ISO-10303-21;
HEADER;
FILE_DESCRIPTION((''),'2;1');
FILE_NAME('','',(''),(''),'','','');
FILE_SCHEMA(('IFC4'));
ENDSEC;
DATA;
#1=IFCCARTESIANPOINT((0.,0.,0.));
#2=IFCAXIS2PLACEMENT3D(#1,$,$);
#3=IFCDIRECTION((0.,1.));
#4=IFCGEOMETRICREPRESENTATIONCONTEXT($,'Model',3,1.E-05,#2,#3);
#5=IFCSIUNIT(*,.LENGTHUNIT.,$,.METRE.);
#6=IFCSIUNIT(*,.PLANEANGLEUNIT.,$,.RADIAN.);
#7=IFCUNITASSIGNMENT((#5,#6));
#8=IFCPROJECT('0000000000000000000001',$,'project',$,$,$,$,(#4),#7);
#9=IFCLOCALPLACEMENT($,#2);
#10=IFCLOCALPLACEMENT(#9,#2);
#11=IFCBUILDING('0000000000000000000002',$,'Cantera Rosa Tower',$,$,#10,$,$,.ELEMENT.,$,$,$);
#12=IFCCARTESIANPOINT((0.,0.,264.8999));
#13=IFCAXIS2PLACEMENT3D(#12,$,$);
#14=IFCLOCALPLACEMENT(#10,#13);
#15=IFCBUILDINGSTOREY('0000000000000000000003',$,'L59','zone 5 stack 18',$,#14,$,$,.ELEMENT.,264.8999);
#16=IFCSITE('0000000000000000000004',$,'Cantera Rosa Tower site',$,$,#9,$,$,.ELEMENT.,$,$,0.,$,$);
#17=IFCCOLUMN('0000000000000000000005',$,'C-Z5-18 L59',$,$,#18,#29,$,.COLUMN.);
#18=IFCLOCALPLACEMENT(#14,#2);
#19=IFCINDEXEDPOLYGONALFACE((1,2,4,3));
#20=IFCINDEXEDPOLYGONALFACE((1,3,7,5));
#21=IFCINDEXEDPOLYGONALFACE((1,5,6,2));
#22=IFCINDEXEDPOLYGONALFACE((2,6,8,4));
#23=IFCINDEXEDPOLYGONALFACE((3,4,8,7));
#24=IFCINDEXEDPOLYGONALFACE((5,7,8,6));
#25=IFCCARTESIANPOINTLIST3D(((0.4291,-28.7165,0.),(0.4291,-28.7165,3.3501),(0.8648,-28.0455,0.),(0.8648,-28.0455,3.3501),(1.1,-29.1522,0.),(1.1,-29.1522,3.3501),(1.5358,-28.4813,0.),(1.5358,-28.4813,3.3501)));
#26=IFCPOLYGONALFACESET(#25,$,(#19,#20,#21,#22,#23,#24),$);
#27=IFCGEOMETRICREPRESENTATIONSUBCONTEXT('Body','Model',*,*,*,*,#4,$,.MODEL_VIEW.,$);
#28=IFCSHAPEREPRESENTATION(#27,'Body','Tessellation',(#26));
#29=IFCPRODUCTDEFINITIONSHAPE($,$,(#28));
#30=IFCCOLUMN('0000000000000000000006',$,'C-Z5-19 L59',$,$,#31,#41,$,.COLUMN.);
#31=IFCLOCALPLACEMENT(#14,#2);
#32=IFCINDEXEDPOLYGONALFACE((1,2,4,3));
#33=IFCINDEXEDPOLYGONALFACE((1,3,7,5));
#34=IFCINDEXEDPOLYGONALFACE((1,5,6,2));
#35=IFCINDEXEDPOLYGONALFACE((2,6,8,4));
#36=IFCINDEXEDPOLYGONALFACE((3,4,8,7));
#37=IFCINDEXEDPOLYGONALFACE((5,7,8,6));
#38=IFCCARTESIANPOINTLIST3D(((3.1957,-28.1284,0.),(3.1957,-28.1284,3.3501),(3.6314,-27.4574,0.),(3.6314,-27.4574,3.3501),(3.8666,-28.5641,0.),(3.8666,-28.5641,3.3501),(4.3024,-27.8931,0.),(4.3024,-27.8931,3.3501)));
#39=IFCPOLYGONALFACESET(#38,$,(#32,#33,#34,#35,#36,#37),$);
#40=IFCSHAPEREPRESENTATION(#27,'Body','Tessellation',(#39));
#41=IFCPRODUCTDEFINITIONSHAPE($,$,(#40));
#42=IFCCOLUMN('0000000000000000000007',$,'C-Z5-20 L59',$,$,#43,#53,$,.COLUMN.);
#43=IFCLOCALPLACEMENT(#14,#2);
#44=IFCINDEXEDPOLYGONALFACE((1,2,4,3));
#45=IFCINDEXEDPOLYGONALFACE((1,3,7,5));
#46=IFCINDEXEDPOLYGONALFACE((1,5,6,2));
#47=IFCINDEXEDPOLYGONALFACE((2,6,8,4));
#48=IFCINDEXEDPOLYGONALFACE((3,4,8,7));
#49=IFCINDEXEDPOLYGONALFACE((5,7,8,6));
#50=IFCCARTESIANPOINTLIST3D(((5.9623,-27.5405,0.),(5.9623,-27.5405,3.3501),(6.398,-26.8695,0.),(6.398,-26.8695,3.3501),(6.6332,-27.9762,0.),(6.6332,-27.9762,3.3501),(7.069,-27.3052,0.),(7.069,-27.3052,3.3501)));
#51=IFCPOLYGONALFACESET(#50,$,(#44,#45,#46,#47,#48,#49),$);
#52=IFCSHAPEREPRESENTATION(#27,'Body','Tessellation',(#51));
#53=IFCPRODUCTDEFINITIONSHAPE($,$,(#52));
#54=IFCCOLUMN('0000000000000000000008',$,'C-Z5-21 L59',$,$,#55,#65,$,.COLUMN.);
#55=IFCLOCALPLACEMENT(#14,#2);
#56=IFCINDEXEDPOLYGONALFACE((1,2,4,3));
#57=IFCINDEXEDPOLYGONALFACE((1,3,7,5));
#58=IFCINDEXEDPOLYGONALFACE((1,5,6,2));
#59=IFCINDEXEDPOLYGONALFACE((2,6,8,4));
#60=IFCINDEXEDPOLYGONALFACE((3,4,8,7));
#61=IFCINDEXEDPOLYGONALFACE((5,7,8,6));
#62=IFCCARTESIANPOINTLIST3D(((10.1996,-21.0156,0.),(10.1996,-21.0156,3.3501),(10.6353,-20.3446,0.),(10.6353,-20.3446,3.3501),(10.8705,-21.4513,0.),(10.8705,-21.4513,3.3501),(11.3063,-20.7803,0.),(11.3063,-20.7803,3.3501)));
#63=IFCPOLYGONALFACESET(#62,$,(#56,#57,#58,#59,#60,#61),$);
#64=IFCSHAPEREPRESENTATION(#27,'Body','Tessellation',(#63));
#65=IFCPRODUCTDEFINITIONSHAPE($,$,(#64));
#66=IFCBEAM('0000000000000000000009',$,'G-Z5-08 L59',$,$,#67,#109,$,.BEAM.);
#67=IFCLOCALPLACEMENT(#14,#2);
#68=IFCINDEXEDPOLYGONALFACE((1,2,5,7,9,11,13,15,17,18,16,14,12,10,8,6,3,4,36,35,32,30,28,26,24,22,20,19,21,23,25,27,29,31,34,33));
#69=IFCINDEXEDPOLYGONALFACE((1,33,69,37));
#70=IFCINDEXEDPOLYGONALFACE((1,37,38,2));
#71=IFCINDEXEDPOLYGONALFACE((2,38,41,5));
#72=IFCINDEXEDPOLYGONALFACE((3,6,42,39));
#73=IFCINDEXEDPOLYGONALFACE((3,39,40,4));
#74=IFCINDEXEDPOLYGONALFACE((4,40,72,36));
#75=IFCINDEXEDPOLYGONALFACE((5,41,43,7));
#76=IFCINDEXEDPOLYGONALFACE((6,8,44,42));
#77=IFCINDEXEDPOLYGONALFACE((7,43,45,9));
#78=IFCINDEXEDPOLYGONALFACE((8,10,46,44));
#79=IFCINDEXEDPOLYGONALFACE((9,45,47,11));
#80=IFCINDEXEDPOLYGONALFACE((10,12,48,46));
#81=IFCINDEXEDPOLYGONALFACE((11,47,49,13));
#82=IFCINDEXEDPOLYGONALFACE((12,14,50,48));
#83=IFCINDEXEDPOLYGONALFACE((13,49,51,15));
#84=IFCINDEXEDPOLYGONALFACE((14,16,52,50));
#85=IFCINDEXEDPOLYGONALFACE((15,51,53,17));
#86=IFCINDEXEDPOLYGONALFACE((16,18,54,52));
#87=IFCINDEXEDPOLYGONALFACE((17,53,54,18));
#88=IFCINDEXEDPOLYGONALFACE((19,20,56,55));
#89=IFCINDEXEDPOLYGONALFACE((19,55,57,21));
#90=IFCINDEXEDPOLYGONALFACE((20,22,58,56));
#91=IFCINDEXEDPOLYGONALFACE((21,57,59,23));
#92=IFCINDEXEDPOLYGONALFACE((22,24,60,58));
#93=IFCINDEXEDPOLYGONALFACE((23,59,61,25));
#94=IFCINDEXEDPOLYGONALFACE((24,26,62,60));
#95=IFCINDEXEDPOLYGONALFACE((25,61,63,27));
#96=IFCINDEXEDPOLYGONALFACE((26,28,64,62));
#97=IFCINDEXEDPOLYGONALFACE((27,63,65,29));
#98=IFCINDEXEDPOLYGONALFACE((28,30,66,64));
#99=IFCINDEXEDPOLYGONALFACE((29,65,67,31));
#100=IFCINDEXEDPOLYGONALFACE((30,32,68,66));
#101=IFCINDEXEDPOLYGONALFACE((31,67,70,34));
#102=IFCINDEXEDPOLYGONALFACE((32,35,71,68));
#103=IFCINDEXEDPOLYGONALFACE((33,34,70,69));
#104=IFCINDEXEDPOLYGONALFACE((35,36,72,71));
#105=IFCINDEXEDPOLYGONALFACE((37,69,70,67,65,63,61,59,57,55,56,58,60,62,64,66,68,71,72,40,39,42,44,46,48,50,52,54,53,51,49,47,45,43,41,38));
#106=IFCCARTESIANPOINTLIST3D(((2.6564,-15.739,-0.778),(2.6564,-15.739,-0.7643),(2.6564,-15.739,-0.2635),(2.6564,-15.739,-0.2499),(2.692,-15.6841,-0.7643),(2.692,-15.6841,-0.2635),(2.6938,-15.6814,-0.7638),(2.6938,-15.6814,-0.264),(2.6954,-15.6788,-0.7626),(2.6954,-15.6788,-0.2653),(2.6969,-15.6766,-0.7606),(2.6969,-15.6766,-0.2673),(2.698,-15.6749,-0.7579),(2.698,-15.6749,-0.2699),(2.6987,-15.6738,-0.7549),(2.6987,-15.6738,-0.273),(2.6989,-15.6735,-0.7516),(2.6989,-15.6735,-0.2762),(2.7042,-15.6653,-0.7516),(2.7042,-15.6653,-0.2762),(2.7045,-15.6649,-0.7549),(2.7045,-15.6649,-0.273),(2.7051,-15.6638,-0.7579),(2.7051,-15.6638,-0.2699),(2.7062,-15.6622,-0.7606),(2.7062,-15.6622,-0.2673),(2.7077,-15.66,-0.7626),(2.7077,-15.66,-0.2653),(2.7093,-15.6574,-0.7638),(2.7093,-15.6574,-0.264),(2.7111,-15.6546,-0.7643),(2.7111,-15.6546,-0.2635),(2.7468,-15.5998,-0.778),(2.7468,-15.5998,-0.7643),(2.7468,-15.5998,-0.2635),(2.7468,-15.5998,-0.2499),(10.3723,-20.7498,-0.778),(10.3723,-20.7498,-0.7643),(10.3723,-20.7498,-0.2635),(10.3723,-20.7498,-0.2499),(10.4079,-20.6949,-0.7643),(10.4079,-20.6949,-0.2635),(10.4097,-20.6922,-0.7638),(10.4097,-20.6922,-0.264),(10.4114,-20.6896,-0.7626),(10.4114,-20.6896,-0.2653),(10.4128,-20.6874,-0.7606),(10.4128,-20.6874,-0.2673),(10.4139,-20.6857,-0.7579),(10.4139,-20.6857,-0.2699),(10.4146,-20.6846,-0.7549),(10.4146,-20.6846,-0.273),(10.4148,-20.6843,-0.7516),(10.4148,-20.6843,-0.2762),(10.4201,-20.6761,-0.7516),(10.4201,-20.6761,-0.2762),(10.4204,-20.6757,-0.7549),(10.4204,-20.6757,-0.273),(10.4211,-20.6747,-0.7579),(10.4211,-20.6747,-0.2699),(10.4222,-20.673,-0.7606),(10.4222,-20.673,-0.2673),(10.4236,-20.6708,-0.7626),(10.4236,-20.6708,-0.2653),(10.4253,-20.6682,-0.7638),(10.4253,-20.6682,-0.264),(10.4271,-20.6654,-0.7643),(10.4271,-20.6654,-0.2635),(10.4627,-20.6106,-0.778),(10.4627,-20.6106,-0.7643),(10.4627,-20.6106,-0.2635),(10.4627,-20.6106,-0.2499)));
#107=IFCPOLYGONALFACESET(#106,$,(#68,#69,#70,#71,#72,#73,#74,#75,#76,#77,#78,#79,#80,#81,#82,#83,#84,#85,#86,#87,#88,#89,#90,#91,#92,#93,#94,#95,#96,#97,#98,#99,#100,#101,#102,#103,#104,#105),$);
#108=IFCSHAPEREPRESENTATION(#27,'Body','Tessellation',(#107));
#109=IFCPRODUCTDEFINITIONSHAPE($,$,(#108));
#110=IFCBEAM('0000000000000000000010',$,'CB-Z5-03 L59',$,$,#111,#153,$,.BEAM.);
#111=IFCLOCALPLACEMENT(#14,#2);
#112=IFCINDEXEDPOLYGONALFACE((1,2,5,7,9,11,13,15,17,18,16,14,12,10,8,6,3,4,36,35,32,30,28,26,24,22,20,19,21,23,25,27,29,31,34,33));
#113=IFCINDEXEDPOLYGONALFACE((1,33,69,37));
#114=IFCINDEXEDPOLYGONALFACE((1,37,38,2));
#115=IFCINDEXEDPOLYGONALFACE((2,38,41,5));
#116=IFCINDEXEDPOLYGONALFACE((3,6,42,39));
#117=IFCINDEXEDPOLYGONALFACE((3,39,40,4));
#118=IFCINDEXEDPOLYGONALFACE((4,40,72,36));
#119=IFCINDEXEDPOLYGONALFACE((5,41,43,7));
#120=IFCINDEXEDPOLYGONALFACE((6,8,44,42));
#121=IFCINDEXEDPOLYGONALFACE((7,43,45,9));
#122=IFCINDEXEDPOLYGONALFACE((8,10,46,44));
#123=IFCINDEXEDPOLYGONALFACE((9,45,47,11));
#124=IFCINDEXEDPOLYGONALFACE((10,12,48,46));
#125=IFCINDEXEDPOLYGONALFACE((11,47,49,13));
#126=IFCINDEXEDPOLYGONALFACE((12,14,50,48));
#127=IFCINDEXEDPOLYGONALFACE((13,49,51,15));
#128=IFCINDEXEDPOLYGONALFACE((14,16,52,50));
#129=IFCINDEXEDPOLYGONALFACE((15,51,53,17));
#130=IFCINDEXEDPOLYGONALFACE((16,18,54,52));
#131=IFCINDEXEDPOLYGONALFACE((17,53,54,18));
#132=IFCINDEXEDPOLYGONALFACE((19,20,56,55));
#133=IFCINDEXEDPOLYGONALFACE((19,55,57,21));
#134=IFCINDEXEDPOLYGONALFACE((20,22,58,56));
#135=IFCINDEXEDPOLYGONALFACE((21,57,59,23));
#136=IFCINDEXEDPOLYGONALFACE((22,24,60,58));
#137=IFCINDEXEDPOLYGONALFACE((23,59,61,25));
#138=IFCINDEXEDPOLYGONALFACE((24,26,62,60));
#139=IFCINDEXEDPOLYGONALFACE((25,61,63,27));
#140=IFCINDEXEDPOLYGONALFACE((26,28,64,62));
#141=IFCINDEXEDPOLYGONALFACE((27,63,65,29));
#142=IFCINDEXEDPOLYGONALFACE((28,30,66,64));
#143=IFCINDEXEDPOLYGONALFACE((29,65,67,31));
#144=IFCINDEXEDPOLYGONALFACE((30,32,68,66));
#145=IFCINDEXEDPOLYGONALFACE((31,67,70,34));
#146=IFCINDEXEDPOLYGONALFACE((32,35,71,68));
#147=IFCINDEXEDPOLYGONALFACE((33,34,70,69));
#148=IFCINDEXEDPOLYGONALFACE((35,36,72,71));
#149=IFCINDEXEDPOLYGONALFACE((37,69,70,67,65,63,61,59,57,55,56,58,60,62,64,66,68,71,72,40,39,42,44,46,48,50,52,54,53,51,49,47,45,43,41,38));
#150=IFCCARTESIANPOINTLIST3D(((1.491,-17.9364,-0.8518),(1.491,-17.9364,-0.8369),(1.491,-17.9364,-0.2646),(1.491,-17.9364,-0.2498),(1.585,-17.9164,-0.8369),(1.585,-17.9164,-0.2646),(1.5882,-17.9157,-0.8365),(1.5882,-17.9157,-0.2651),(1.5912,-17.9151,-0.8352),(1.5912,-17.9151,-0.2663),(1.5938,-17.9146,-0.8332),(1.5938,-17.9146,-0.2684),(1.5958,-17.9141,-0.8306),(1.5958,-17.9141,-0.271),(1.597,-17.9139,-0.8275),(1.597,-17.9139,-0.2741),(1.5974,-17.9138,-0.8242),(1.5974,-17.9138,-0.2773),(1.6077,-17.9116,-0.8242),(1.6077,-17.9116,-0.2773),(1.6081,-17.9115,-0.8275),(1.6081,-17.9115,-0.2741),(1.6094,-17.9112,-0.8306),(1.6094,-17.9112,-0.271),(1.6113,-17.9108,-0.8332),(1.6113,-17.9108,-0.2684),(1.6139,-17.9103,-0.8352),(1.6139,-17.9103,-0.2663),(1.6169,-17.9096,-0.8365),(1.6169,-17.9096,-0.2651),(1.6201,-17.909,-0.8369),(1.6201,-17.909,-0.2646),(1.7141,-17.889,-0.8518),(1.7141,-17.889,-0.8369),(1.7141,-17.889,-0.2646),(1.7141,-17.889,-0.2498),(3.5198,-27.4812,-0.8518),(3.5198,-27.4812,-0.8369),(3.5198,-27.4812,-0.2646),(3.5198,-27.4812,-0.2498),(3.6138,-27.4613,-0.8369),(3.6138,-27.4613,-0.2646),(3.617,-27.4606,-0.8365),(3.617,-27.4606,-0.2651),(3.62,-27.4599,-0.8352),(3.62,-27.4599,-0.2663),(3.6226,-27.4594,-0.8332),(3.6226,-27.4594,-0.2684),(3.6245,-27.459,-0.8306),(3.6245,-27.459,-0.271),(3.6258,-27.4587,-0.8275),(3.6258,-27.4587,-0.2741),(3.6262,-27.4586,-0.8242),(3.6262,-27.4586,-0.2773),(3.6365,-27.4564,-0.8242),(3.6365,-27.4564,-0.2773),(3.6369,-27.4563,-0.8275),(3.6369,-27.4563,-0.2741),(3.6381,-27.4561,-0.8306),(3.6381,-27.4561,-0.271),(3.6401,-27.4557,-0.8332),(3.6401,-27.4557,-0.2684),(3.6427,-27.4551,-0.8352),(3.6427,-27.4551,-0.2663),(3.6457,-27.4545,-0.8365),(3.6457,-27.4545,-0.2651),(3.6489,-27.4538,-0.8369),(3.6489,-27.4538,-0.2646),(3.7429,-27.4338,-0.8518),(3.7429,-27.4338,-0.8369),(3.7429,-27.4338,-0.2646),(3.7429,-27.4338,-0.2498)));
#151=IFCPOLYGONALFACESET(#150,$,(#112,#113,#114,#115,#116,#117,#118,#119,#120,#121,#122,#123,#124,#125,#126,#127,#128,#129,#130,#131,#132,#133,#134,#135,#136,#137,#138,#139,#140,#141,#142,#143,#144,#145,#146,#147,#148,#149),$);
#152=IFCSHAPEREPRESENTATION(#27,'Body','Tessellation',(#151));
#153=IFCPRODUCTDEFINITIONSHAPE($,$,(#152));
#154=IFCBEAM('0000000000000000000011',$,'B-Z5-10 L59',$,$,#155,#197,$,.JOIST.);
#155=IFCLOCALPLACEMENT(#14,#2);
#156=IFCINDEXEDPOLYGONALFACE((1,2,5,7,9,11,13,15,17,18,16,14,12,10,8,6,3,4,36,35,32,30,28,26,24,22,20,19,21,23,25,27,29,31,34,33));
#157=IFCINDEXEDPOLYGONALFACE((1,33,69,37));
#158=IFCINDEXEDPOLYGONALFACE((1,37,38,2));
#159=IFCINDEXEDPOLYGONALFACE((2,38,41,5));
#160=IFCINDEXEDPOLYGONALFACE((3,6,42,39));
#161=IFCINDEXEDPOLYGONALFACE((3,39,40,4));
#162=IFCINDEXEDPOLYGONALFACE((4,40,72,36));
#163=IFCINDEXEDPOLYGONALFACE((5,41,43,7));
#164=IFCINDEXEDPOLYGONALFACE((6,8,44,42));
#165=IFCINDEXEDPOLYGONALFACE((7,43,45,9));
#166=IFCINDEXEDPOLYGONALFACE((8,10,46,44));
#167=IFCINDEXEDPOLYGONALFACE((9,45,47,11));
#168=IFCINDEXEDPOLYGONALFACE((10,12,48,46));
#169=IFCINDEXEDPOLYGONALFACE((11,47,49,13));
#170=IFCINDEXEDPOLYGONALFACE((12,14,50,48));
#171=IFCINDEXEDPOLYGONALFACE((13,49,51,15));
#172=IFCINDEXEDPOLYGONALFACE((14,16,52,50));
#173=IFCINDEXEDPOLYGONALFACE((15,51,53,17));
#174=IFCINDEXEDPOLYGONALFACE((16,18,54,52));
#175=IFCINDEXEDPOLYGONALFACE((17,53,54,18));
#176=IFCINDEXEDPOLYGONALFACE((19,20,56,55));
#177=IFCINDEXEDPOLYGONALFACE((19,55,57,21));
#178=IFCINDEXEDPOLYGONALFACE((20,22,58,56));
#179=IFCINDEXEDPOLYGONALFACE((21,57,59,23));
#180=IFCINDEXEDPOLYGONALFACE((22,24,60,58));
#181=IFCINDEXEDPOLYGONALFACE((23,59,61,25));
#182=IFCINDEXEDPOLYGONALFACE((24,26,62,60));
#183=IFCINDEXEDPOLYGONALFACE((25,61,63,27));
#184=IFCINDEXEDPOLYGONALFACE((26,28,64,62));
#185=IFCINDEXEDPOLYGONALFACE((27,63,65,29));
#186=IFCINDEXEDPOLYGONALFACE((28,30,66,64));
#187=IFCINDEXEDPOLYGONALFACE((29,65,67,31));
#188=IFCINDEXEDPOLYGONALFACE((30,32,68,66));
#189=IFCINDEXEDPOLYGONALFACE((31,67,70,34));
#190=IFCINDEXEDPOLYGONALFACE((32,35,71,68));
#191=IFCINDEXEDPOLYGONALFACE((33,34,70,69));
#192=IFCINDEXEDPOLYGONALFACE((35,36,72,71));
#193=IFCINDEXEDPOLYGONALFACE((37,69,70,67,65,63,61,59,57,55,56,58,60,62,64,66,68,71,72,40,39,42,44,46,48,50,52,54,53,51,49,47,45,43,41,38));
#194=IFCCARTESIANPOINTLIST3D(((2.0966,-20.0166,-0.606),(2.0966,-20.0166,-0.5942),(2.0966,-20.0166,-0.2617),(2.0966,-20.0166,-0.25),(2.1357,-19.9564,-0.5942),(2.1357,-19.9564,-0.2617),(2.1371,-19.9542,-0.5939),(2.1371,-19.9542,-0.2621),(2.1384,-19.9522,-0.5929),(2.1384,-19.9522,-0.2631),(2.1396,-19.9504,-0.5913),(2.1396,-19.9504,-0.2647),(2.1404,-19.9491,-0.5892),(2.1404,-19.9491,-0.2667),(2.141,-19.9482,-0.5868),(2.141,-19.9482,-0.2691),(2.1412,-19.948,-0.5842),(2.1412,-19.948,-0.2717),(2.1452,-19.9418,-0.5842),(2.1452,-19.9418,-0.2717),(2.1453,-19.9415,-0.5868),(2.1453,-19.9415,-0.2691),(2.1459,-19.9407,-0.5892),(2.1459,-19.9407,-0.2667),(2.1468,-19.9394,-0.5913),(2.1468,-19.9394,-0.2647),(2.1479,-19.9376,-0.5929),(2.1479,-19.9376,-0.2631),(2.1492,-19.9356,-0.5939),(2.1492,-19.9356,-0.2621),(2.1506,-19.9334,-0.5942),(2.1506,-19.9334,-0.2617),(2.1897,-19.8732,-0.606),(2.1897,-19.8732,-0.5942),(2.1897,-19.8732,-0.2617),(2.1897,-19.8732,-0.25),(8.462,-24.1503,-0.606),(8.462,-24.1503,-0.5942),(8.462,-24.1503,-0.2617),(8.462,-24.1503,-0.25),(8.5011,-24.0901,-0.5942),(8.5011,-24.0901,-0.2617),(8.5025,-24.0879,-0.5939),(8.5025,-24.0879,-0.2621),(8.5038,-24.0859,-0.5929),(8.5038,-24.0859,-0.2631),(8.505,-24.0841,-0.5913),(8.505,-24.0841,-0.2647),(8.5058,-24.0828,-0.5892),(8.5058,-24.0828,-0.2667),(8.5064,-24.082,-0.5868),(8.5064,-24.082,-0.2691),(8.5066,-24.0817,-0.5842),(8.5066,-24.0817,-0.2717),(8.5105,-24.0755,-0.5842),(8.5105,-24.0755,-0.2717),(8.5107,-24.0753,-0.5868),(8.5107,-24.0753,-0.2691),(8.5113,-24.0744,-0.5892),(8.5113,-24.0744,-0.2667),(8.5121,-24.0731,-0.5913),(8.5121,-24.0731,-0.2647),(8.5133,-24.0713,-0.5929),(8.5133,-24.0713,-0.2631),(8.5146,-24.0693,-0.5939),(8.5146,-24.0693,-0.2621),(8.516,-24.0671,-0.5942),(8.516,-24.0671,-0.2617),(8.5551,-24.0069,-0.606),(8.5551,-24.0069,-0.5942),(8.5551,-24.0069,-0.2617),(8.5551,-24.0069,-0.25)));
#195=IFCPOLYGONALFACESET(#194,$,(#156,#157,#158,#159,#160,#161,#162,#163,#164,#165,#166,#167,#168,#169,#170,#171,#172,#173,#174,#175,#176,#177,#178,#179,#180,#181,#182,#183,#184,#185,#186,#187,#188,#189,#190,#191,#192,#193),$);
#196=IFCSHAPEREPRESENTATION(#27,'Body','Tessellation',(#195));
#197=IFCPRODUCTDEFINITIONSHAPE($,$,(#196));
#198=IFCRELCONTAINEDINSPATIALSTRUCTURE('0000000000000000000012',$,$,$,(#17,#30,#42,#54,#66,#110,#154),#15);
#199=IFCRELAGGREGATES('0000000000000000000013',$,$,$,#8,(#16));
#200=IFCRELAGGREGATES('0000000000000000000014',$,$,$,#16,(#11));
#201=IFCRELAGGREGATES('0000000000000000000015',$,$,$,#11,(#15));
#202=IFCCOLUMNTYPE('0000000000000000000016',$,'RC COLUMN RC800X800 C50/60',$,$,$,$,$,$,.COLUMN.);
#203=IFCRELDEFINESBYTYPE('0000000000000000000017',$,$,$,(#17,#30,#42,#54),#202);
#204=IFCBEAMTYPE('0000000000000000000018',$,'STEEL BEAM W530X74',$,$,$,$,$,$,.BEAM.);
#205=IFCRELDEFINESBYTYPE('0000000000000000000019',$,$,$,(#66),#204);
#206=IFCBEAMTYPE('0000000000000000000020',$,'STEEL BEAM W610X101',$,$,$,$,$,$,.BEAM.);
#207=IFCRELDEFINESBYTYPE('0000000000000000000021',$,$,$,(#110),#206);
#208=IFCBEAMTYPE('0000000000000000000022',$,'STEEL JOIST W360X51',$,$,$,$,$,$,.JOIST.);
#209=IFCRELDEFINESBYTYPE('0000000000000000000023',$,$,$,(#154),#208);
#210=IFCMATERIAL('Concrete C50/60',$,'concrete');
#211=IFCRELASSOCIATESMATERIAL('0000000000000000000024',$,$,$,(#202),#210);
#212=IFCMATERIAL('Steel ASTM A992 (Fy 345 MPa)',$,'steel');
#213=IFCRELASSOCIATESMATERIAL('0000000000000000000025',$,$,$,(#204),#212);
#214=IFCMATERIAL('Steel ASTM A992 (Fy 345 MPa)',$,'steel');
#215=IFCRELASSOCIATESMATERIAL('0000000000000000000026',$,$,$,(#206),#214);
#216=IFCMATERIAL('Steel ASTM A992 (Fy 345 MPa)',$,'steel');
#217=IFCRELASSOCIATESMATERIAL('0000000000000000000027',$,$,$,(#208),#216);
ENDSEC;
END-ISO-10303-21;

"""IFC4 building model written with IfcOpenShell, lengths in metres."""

from ifc_helpers import new_model, si_unit, direction, frame, origin, origin_2d, place, context, subcontext, project, spatial, rectangle, i_section, extrude, material, material_profile, profile_set, type_object, element, save


model = new_model("IFC4")

# Units and contexts
model_context = context("Model", 3, precision=1e-05, world=origin(), true_north=direction((0.0, 1.0)))
body_context = subcontext(model_context, "Body", "Model", "MODEL_VIEW")
ifc_project = project(units=[si_unit("LENGTHUNIT", "METRE"), si_unit("PLANEANGLEUNIT", "RADIAN")], contexts=[model_context])

# Site, building, storey
site_placement = place(None, origin())
site = spatial("IfcSite", under=ifc_project, at=site_placement, Name="Cantera Rosa Tower site", CompositionType="ELEMENT", RefElevation=0.0)
building_placement = place(site_placement, origin())
building = spatial("IfcBuilding", under=site, at=building_placement, Name="Cantera Rosa Tower", CompositionType="ELEMENT")
storey_placement = place(building_placement, frame((0.0, 0.0, 264.8999)))
storey = spatial("IfcBuildingStorey", under=building, at=storey_placement, Name="L59", Description="zone 5 stack 18", CompositionType="ELEMENT", Elevation=264.8999)

# Columns
ifc_material_1 = material(Name="Concrete C50/60", Category="concrete")
ifc_material_profile_1 = material_profile(ifc_material_1, rectangle(XDim=0.8, YDim=0.8, at=origin_2d()), Name="RC COLUMN RC800X800 C50/60")
ifc_profile_set_1 = profile_set([ifc_material_profile_1], Name="Concrete C50/60")
column_type = type_object("IfcColumnType", Name="RC COLUMN RC800X800 C50/60", PredefinedType="COLUMN", material=ifc_profile_set_1)
for number, where, z_axis, x_axis, name in (
    (1, (0.9824, -28.5989, 0.0), (0.0, 0.0, 1.0), (0.544639, 0.838671, 0.0), "C-Z5-18 L59"),
    (2, (3.749, -28.0107, 0.0), (0.0, 0.0, 1.0), (0.544639, 0.838671, 0.0), "C-Z5-19 L59"),
    (3, (6.5156, -27.4229, 0.0), (0.0, 0.0, 1.0), (0.544639, 0.838671, 0.0), "C-Z5-20 L59"),
    (4, (10.7529, -20.8979, 0.0), (0.0, 0.0, 1.0), (0.544639, 0.838671, 0.0), "C-Z5-21 L59"),
):
    element("IfcColumn", number, at=place(storey_placement, frame(where, z_axis=z_axis, x_axis=x_axis)), inside=storey, type_object=column_type, Name=name, PredefinedType="COLUMN", context=body_context, shape_type="SweptSolid", body=[
        extrude(rectangle(XDim=0.8, YDim=0.8, at=origin_2d()), origin(), (0.0, 0.0, 1.0), 3.3501),
    ])

# Beams
ifc_material_2 = material(Name="Steel ASTM A992 (Fy 345 MPa)", Category="steel")
ifc_material_profile_2 = material_profile(ifc_material_2, i_section(OverallWidth=0.166, OverallDepth=0.5281, WebThickness=0.0098, FlangeThickness=0.0137, FilletRadius=0.0127, at=origin_2d()), Name="W530X74")
ifc_profile_set_2 = profile_set([ifc_material_profile_2], Name="Steel ASTM A992 (Fy 345 MPa)")
beam_type_1 = type_object("IfcBeamType", Name="STEEL BEAM W530X74", PredefinedType="BEAM", material=ifc_profile_set_2)
beam_1_placement = place(storey_placement, frame((10.4175, -20.6802, -0.5139), z_axis=(-0.838669, 0.544641, 0.0), x_axis=(-0.544641, -0.838669, 0.0)))
element("IfcBeam", 5, at=beam_1_placement, inside=storey, type_object=beam_type_1, Name="G-Z5-08 L59", PredefinedType="BEAM", context=body_context, shape_type="SweptSolid", body=[
    extrude(i_section(OverallWidth=0.166, OverallDepth=0.5281, WebThickness=0.0098, FlangeThickness=0.0137, FilletRadius=0.0127, at=origin_2d()), origin(), (0.0, 0.0, 1.0), 9.2002),
])
ifc_material_3 = material(Name="Steel ASTM A992 (Fy 345 MPa)", Category="steel")
ifc_material_profile_3 = material_profile(ifc_material_3, i_section(OverallWidth=0.228, OverallDepth=0.6021, WebThickness=0.0105, FlangeThickness=0.0149, FilletRadius=0.0127, at=origin_2d()), Name="W610X101")
ifc_profile_set_3 = profile_set([ifc_material_profile_3], Name="Steel ASTM A992 (Fy 345 MPa)")
beam_type_2 = type_object("IfcBeamType", Name="STEEL BEAM W610X101", PredefinedType="BEAM", material=ifc_profile_set_3)
beam_2_placement = place(storey_placement, frame((3.6313, -27.4575, -0.5508), z_axis=(-0.207909, 0.978148, 0.0), x_axis=(-0.978148, -0.207909, 0.0)))
element("IfcBeam", 6, at=beam_2_placement, inside=storey, type_object=beam_type_2, Name="CB-Z5-03 L59", PredefinedType="BEAM", context=body_context, shape_type="SweptSolid", body=[
    extrude(i_section(OverallWidth=0.228, OverallDepth=0.6021, WebThickness=0.0105, FlangeThickness=0.0149, FilletRadius=0.0127, at=origin_2d()), origin(), (0.0, 0.0, 1.0), 9.7581),
])
ifc_material_4 = material(Name="Steel ASTM A992 (Fy 345 MPa)", Category="steel")
ifc_material_profile_4 = material_profile(ifc_material_4, i_section(OverallWidth=0.1709, OverallDepth=0.356, WebThickness=0.0073, FlangeThickness=0.0117, FilletRadius=0.01, at=origin_2d()), Name="W360X51")
ifc_profile_set_4 = profile_set([ifc_material_profile_4], Name="Steel ASTM A992 (Fy 345 MPa)")
beam_type_3 = type_object("IfcBeamType", Name="STEEL JOIST W360X51", PredefinedType="JOIST", material=ifc_profile_set_4)
beam_3_placement = place(storey_placement, frame((8.5085, -24.0786, -0.428), z_axis=(-0.838671, 0.544639, 0.0), x_axis=(-0.544639, -0.838671, 0.0)))
element("IfcBeam", 7, at=beam_3_placement, inside=storey, type_object=beam_type_3, Name="B-Z5-10 L59", PredefinedType="JOIST", context=body_context, shape_type="SweptSolid", body=[
    extrude(i_section(OverallWidth=0.1709, OverallDepth=0.356, WebThickness=0.0073, FlangeThickness=0.0117, FilletRadius=0.01, at=origin_2d()), origin(), (0.0, 0.0, 1.0), 7.5898),
])

save(model, "model.ifc")
